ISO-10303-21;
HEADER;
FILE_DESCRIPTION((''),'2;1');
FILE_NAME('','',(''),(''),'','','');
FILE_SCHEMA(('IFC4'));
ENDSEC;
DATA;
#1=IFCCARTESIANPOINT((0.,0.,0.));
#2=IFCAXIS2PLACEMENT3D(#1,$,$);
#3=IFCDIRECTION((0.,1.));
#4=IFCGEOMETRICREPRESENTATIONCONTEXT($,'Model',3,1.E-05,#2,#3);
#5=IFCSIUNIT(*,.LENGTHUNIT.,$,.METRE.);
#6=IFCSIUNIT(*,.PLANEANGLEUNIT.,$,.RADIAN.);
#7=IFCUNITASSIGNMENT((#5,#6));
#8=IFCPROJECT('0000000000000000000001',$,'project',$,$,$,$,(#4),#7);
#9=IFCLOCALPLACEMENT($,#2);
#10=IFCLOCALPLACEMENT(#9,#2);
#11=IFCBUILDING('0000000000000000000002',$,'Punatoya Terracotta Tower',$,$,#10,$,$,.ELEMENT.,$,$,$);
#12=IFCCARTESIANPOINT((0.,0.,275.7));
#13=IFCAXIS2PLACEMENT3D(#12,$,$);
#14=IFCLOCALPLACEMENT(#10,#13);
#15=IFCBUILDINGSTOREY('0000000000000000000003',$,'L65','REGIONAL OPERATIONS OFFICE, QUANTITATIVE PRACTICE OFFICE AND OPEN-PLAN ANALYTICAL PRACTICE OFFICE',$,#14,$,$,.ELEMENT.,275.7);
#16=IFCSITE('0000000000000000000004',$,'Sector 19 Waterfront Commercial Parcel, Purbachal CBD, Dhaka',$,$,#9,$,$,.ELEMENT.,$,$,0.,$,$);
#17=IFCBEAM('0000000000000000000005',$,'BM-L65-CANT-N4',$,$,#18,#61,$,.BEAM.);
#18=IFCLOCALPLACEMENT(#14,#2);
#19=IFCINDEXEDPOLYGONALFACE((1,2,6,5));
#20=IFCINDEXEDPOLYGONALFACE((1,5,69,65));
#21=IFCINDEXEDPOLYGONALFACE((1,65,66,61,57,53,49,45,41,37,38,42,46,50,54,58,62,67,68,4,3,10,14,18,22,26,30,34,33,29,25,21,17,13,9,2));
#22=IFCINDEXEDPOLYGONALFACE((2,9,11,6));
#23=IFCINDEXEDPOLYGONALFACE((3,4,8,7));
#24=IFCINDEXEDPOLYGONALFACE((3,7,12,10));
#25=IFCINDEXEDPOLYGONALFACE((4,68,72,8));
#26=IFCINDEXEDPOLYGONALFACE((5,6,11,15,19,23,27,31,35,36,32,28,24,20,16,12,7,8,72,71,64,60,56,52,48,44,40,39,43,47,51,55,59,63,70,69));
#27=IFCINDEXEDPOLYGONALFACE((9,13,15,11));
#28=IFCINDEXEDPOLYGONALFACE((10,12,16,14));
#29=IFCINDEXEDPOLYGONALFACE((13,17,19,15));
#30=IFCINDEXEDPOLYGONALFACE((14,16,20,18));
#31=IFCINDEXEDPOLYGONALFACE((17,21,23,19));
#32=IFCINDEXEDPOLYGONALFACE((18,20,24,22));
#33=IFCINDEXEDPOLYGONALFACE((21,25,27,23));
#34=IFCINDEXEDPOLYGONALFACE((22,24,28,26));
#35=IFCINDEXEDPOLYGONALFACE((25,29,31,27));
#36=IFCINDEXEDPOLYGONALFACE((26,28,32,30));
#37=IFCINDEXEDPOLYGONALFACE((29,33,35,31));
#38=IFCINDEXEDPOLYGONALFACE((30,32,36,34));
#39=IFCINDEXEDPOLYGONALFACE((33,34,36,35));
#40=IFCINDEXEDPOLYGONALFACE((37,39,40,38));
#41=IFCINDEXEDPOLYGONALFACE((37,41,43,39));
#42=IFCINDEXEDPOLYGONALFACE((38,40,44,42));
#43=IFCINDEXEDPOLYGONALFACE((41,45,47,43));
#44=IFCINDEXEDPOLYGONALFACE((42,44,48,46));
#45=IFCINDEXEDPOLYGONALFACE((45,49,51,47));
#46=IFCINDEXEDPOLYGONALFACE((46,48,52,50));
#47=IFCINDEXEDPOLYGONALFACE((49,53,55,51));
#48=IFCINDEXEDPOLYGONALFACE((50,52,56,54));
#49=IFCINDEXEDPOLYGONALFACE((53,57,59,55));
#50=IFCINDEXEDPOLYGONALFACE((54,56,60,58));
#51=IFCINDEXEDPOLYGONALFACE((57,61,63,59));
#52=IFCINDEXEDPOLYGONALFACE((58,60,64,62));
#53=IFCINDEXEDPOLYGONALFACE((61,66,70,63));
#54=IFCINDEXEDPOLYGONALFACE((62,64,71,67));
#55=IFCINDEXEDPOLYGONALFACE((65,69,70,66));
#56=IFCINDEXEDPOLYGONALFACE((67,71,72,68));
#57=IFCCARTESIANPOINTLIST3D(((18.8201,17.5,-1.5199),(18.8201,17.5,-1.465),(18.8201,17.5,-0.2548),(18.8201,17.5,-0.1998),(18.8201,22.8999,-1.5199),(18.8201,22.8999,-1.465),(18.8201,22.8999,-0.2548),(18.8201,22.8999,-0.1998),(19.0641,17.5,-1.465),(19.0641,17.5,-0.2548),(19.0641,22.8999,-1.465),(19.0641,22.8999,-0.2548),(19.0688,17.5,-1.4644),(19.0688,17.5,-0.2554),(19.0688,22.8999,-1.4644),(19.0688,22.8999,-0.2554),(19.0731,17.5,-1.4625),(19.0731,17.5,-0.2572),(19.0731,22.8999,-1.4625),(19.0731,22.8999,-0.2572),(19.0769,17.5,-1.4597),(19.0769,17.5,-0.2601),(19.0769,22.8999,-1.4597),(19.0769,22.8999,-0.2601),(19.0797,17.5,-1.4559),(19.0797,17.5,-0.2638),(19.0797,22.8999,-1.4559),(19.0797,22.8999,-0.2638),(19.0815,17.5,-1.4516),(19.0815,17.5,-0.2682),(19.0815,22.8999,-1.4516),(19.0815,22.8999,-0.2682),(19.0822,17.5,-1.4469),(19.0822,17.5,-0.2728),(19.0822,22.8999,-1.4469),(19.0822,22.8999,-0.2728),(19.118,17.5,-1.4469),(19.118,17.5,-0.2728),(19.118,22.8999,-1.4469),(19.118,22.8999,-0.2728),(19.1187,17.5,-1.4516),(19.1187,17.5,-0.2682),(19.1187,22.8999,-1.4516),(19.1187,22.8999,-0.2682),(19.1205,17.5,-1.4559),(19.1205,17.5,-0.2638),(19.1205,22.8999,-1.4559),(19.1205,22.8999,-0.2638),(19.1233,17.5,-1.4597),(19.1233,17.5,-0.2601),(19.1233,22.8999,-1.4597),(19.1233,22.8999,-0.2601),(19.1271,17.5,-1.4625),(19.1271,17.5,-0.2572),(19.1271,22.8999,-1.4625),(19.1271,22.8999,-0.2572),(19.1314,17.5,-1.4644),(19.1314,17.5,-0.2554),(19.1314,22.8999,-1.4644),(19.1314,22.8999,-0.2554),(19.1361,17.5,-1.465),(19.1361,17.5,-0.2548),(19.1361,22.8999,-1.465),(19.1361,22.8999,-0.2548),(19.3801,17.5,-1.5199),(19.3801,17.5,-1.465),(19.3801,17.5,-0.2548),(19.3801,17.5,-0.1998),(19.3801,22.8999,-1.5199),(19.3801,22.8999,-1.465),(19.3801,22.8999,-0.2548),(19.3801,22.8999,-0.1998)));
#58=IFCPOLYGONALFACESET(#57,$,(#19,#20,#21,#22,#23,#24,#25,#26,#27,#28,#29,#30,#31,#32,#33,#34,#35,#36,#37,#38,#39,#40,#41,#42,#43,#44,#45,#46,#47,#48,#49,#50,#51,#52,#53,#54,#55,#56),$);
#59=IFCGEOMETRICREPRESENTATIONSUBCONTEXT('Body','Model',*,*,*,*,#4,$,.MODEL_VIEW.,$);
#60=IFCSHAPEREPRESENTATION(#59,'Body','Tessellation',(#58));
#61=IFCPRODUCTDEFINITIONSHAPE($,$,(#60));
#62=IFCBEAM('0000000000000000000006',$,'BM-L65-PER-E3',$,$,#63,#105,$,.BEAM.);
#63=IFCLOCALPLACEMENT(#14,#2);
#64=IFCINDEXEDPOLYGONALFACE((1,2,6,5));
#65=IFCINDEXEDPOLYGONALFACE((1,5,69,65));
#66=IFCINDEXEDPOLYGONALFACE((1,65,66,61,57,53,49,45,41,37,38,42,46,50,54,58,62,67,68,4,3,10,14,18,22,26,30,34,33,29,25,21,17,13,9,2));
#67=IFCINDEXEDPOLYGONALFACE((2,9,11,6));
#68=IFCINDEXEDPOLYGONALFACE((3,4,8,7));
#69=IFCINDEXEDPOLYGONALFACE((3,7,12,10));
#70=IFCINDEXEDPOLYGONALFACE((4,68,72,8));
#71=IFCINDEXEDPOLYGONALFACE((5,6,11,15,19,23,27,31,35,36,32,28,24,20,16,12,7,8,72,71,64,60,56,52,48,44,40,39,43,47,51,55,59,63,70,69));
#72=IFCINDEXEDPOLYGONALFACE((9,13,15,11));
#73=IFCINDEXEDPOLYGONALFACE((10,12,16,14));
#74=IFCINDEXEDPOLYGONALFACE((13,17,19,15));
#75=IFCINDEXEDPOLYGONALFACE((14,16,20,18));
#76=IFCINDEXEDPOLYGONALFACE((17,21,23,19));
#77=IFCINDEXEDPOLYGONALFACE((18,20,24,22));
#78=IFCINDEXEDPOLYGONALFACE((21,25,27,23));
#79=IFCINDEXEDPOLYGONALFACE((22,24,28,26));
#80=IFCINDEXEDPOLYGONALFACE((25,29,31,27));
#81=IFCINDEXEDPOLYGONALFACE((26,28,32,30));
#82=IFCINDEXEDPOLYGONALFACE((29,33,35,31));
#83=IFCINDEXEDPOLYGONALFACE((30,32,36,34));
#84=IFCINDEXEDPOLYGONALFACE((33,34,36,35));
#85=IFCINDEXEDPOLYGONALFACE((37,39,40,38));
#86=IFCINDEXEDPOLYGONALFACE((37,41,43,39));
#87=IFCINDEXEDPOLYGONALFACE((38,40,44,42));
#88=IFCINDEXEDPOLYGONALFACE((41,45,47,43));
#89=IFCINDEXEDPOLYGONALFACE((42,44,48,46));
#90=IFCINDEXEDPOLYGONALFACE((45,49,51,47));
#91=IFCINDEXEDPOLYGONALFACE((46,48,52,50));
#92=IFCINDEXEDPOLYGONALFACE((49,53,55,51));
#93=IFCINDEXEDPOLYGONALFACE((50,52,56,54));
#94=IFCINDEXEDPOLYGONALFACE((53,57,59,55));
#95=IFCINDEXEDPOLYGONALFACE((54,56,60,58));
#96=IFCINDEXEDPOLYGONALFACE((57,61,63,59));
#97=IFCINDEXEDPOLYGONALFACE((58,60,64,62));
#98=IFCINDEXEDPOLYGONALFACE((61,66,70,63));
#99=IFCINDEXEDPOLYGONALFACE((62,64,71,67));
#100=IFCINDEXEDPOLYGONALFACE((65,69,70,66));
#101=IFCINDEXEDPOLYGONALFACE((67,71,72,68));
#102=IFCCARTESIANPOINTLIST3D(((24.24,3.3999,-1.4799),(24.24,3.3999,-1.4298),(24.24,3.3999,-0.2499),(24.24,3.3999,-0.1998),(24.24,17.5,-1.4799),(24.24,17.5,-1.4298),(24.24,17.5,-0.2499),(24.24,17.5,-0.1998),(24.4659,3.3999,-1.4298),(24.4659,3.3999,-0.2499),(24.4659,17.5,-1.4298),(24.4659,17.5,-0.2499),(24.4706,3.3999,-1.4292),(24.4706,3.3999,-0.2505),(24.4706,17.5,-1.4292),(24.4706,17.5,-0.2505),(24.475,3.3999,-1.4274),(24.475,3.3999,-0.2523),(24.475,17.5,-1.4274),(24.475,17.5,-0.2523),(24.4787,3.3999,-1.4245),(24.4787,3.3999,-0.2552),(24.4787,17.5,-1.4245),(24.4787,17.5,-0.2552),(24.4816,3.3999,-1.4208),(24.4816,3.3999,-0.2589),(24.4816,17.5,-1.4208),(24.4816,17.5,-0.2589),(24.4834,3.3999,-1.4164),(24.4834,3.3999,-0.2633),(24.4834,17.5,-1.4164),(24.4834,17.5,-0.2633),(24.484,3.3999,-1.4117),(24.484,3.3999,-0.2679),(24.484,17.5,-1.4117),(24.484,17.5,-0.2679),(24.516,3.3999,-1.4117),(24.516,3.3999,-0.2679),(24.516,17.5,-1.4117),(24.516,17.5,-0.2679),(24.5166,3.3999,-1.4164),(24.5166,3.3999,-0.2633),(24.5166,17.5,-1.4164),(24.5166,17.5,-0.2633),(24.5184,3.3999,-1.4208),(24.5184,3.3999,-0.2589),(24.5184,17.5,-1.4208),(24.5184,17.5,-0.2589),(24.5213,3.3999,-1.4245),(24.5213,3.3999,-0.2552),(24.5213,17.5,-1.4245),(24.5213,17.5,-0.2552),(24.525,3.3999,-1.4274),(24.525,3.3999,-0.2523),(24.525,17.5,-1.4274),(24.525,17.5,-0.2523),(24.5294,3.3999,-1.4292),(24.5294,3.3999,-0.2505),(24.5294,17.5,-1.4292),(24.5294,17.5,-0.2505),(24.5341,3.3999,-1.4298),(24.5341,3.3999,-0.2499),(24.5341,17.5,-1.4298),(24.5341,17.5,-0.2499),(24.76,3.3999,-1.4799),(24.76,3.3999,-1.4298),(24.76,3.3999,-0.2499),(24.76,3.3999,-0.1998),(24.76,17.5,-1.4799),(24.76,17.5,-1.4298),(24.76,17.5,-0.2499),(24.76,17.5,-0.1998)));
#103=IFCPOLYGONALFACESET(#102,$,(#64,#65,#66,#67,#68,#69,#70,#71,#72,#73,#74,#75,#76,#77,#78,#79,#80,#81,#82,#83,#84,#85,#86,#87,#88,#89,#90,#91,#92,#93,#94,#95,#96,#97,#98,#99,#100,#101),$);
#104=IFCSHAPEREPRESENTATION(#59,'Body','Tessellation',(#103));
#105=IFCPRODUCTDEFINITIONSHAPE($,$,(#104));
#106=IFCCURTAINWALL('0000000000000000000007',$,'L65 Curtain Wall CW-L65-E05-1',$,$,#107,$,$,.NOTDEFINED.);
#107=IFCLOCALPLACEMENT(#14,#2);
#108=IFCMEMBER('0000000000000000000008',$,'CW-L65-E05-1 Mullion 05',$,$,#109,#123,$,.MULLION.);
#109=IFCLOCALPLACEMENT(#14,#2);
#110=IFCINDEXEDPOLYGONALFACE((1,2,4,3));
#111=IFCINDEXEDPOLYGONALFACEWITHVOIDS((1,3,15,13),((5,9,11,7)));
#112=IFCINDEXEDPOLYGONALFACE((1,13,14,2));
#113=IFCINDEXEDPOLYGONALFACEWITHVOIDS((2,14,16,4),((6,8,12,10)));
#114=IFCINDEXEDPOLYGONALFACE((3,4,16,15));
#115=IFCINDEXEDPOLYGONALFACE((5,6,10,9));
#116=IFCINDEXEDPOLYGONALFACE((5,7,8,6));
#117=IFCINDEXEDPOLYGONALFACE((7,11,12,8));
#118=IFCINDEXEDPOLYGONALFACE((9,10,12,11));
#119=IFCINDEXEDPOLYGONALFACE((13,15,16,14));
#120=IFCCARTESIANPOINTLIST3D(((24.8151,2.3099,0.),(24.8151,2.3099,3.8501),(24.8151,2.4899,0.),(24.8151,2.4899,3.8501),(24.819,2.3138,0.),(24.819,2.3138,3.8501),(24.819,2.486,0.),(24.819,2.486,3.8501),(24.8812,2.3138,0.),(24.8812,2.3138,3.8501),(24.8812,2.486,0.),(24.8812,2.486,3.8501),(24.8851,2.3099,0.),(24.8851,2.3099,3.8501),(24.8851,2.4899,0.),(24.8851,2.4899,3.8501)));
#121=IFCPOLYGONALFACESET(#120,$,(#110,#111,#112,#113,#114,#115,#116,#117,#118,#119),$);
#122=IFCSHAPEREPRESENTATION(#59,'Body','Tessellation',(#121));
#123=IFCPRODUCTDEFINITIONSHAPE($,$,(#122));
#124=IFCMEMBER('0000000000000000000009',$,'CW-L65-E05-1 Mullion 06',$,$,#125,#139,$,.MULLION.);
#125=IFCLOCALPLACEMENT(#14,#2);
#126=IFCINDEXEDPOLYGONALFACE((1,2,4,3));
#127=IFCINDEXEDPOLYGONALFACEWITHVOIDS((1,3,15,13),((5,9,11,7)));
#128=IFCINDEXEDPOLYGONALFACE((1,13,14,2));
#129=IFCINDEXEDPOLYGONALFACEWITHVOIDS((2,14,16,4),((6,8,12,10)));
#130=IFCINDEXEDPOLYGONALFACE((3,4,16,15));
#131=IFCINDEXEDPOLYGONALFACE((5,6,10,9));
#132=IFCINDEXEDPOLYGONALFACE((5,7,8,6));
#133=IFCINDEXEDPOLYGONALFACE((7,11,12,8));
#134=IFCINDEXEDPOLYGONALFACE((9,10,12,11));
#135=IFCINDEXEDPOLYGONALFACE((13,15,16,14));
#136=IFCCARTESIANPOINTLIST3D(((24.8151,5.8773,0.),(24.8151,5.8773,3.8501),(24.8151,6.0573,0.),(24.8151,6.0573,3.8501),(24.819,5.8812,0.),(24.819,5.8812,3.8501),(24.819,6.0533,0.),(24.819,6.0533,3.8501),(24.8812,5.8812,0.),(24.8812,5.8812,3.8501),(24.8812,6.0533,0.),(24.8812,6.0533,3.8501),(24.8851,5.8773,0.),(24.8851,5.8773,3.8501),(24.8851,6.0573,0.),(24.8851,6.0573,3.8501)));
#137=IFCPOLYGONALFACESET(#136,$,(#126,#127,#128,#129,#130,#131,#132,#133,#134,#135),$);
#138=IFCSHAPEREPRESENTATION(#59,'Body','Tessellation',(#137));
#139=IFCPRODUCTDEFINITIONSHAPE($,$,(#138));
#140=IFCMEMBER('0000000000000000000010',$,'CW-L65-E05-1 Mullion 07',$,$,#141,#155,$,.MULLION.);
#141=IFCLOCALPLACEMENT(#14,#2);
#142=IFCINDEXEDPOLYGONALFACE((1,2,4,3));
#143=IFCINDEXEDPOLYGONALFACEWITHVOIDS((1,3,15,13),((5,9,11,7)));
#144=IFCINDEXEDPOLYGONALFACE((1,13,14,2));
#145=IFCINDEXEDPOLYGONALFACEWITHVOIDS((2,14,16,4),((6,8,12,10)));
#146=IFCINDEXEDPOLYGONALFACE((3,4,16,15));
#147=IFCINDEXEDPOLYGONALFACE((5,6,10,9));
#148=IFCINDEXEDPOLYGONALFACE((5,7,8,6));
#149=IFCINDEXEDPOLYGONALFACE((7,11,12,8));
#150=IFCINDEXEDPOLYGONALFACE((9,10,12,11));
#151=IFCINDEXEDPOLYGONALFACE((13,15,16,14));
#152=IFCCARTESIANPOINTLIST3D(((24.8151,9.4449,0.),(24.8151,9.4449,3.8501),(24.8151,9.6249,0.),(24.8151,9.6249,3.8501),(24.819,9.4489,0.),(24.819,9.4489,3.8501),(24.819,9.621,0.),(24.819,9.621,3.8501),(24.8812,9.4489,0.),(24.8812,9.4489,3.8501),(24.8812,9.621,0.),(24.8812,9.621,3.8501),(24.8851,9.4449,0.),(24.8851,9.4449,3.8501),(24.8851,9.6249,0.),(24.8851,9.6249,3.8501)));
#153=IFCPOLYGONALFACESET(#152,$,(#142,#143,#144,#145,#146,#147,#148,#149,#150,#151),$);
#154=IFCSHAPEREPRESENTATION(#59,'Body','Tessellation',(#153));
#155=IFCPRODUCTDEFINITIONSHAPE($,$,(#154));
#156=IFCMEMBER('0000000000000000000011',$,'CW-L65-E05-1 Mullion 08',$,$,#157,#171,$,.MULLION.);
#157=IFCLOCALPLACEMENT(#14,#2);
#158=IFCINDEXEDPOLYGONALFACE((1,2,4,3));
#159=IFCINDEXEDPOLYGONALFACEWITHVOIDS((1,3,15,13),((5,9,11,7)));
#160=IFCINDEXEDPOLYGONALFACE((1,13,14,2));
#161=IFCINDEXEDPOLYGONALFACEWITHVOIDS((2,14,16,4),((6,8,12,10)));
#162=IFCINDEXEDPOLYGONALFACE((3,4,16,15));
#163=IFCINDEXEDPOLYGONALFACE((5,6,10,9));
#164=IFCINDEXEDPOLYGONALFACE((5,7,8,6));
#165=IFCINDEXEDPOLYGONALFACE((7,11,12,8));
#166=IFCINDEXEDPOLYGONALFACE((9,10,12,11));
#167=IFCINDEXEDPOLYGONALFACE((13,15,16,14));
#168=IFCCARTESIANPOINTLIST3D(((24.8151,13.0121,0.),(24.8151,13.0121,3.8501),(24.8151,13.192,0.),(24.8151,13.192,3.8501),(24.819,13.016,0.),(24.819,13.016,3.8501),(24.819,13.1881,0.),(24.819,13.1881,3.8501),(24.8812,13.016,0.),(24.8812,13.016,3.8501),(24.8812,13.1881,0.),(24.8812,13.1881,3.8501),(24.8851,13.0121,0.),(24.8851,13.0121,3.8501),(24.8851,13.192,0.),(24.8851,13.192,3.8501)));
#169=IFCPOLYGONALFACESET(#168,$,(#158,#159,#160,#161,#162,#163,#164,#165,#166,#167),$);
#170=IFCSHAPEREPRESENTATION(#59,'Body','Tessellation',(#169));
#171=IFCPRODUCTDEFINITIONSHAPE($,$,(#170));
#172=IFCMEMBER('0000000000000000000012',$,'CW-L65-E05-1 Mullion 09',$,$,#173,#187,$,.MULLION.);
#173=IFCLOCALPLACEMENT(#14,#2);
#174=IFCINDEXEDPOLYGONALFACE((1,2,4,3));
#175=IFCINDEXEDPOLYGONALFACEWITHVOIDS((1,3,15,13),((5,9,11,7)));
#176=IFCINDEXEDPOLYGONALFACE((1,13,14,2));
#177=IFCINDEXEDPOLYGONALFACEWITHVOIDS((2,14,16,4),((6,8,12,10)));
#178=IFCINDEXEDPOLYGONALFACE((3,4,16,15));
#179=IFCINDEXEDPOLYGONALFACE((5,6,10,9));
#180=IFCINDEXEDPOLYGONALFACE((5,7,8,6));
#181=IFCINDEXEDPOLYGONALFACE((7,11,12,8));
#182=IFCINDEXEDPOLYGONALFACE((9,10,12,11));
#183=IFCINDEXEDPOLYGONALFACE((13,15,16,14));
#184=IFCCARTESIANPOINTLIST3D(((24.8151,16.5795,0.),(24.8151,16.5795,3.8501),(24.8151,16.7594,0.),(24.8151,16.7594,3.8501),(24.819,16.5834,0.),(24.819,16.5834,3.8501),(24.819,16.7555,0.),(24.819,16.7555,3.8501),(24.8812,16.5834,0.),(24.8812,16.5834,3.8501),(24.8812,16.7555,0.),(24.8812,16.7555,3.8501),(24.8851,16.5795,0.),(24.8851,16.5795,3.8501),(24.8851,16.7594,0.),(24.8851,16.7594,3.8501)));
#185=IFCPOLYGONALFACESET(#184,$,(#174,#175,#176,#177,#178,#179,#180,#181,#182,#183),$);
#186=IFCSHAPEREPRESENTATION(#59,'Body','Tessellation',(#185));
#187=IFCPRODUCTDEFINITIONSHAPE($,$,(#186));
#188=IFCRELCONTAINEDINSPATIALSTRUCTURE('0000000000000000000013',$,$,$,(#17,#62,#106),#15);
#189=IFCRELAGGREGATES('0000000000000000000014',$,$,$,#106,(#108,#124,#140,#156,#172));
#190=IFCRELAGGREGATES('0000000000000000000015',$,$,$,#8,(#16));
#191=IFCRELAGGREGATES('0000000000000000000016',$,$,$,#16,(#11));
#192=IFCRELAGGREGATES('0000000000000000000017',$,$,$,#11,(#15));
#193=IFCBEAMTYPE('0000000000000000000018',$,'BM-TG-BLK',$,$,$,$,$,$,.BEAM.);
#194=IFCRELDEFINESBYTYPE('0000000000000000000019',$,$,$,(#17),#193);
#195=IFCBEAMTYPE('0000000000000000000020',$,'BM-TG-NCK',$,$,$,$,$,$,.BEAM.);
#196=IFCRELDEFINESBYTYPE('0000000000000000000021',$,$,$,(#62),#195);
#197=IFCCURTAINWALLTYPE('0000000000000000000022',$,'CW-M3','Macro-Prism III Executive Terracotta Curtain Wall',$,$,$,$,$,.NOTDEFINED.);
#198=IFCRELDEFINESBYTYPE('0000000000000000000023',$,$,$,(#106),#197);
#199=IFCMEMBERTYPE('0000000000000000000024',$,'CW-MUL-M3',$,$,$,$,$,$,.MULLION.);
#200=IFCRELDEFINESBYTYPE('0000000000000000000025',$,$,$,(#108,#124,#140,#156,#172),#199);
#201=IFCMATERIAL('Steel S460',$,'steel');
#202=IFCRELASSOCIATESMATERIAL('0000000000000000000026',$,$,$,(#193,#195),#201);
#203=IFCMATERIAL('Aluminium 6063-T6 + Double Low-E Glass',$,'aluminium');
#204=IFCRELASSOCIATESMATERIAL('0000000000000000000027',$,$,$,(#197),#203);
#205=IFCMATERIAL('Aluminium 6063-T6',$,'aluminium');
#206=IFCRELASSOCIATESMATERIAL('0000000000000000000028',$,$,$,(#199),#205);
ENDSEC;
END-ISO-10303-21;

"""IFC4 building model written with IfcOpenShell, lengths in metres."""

from ifc_helpers import new_model, si_unit, direction, frame, origin, origin_2d, place, context, subcontext, project, spatial, hollow_rectangle, i_section, extrude, material, material_profile, profile_set, type_object, element, aggregate, save


model = new_model("IFC4")

# Units and contexts
model_context = context("Model", 3, precision=1e-05, world=origin(), true_north=direction((0.0, 1.0)))
body_context = subcontext(model_context, "Body", "Model", "MODEL_VIEW")
ifc_project = project(units=[si_unit("LENGTHUNIT", "METRE"), si_unit("PLANEANGLEUNIT", "RADIAN")], contexts=[model_context])

# Site, building, storey
site_placement = place(None, origin())
site = spatial("IfcSite", under=ifc_project, at=site_placement, Name="Sector 19 Waterfront Commercial Parcel, Purbachal CBD, Dhaka", CompositionType="ELEMENT", RefElevation=0.0)
building_placement = place(site_placement, origin())
building = spatial("IfcBuilding", under=site, at=building_placement, Name="Punatoya Terracotta Tower", CompositionType="ELEMENT")
storey_placement = place(building_placement, frame((0.0, 0.0, 275.7)))
storey = spatial("IfcBuildingStorey", under=building, at=storey_placement, Name="L65", Description="REGIONAL OPERATIONS OFFICE, QUANTITATIVE PRACTICE OFFICE AND OPEN-PLAN ANALYTICAL PRACTICE OFFICE", CompositionType="ELEMENT", Elevation=275.7)

# Shared definitions
ifc_material_1 = material(Name="Steel S460", Category="steel")

# Beams
ifc_material_profile_1 = material_profile(ifc_material_1, i_section(OverallWidth=0.5601, OverallDepth=1.3201, WebThickness=0.0359, FlangeThickness=0.0549, FilletRadius=0.0181, at=origin_2d()))
ifc_profile_set_1 = profile_set([ifc_material_profile_1], Name="Steel S460")
beam_type_1 = type_object("IfcBeamType", Name="BM-TG-BLK", PredefinedType="BEAM", material=ifc_profile_set_1)
for number, where, z_axis, x_axis, name in (
    (1, (19.1001, 17.5, -0.8599), (0.0, 1.0, 0.0), (-1.0, 0.0, 0.0), "BM-L65-CANT-N4"),
):
    element("IfcBeam", number, at=place(storey_placement, frame(where, z_axis=z_axis, x_axis=x_axis)), inside=storey, type_object=beam_type_1, Name=name, PredefinedType="BEAM", context=body_context, shape_type="SweptSolid", body=[
        extrude(i_section(OverallWidth=0.5601, OverallDepth=1.3201, WebThickness=0.0359, FlangeThickness=0.0549, FilletRadius=0.0181, at=origin_2d()), origin(), (0.0, 0.0, 1.0), 5.3999),
    ])
ifc_material_profile_2 = material_profile(ifc_material_1, i_section(OverallWidth=0.52, OverallDepth=1.28, WebThickness=0.032, FlangeThickness=0.05, FilletRadius=0.0181, at=origin_2d()))
ifc_profile_set_2 = profile_set([ifc_material_profile_2], Name="Steel S460")
beam_type_2 = type_object("IfcBeamType", Name="BM-TG-NCK", PredefinedType="BEAM", material=ifc_profile_set_2)
beam_placement = place(storey_placement, frame((24.5, 3.3999, -0.8398), z_axis=(0.0, 1.0, 0.0), x_axis=(-1.0, 0.0, 0.0)))
element("IfcBeam", 2, at=beam_placement, inside=storey, type_object=beam_type_2, Name="BM-L65-PER-E3", PredefinedType="BEAM", context=body_context, shape_type="SweptSolid", body=[
    extrude(i_section(OverallWidth=0.52, OverallDepth=1.28, WebThickness=0.032, FlangeThickness=0.05, FilletRadius=0.0181, at=origin_2d()), origin(), (0.0, 0.0, 1.0), 14.1001),
])

# Curtain wall, members
ifc_material_2 = material(Name="Aluminium 6063-T6 + Double Low-E Glass", Category="aluminium")
curtain_wall_type = type_object("IfcCurtainWallType", Name="CW-M3", Description="Macro-Prism III Executive Terracotta Curtain Wall", PredefinedType="NOTDEFINED", material=ifc_material_2)
curtain_wall_1_placement = place(storey_placement, origin())
curtain_wall_1 = element("IfcCurtainWall", 3, at=curtain_wall_1_placement, inside=storey, type_object=curtain_wall_type, Name="L65 Curtain Wall CW-L65-E05-1", PredefinedType="NOTDEFINED")
ifc_material_3 = material(Name="Aluminium 6063-T6", Category="aluminium")
ifc_material_profile_3 = material_profile(ifc_material_3, hollow_rectangle(XDim=0.0701, YDim=0.1799, WallThickness=0.0039, at=origin_2d()))
ifc_profile_set_3 = profile_set([ifc_material_profile_3], Name="Aluminium 6063-T6")
member_type_1 = type_object("IfcMemberType", Name="CW-MUL-M3", PredefinedType="MULLION", material=ifc_profile_set_3)
member_1_placement = place(storey_placement, frame((24.8501, 2.3999, 0.0), z_axis=(0.0, 0.0, 1.0), x_axis=(1.0, 0.0, 0.0)))
member_1 = element("IfcMember", 4, at=member_1_placement, type_object=member_type_1, Name="CW-L65-E05-1 Mullion 05", PredefinedType="MULLION", context=body_context, shape_type="SweptSolid", body=[
    extrude(hollow_rectangle(XDim=0.0701, YDim=0.1799, WallThickness=0.0039, at=origin_2d()), origin(), (0.0, 0.0, 1.0), 3.8501),
])
member_2_placement = place(storey_placement, frame((24.8501, 5.9673, 0.0), z_axis=(0.0, 0.0, 1.0), x_axis=(1.0, 0.0, 0.0)))
member_2 = element("IfcMember", 5, at=member_2_placement, type_object=member_type_1, Name="CW-L65-E05-1 Mullion 06", PredefinedType="MULLION", context=body_context, shape_type="SweptSolid", body=[
    extrude(hollow_rectangle(XDim=0.0701, YDim=0.1799, WallThickness=0.0039, at=origin_2d()), origin(), (0.0, 0.0, 1.0), 3.8501),
])
member_3_placement = place(storey_placement, frame((24.8501, 9.5349, 0.0), z_axis=(0.0, 0.0, 1.0), x_axis=(1.0, 0.0, 0.0)))
member_3 = element("IfcMember", 6, at=member_3_placement, type_object=member_type_1, Name="CW-L65-E05-1 Mullion 07", PredefinedType="MULLION", context=body_context, shape_type="SweptSolid", body=[
    extrude(hollow_rectangle(XDim=0.0701, YDim=0.1799, WallThickness=0.0039, at=origin_2d()), origin(), (0.0, 0.0, 1.0), 3.8501),
])
member_4_placement = place(storey_placement, frame((24.8501, 13.1021, 0.0), z_axis=(0.0, 0.0, 1.0), x_axis=(1.0, 0.0, 0.0)))
member_4 = element("IfcMember", 7, at=member_4_placement, type_object=member_type_1, Name="CW-L65-E05-1 Mullion 08", PredefinedType="MULLION", context=body_context, shape_type="SweptSolid", body=[
    extrude(hollow_rectangle(XDim=0.0701, YDim=0.1799, WallThickness=0.0039, at=origin_2d()), origin(), (0.0, 0.0, 1.0), 3.8501),
])
member_5_placement = place(storey_placement, frame((24.8501, 16.6694, 0.0), z_axis=(0.0, 0.0, 1.0), x_axis=(1.0, 0.0, 0.0)))
member_5 = element("IfcMember", 8, at=member_5_placement, type_object=member_type_1, Name="CW-L65-E05-1 Mullion 09", PredefinedType="MULLION", context=body_context, shape_type="SweptSolid", body=[
    extrude(hollow_rectangle(XDim=0.0701, YDim=0.1799, WallThickness=0.0039, at=origin_2d()), origin(), (0.0, 0.0, 1.0), 3.8501),
])

aggregate(curtain_wall_1, [member_1, member_2, member_3, member_4, member_5])

save(model, "model.ifc")
